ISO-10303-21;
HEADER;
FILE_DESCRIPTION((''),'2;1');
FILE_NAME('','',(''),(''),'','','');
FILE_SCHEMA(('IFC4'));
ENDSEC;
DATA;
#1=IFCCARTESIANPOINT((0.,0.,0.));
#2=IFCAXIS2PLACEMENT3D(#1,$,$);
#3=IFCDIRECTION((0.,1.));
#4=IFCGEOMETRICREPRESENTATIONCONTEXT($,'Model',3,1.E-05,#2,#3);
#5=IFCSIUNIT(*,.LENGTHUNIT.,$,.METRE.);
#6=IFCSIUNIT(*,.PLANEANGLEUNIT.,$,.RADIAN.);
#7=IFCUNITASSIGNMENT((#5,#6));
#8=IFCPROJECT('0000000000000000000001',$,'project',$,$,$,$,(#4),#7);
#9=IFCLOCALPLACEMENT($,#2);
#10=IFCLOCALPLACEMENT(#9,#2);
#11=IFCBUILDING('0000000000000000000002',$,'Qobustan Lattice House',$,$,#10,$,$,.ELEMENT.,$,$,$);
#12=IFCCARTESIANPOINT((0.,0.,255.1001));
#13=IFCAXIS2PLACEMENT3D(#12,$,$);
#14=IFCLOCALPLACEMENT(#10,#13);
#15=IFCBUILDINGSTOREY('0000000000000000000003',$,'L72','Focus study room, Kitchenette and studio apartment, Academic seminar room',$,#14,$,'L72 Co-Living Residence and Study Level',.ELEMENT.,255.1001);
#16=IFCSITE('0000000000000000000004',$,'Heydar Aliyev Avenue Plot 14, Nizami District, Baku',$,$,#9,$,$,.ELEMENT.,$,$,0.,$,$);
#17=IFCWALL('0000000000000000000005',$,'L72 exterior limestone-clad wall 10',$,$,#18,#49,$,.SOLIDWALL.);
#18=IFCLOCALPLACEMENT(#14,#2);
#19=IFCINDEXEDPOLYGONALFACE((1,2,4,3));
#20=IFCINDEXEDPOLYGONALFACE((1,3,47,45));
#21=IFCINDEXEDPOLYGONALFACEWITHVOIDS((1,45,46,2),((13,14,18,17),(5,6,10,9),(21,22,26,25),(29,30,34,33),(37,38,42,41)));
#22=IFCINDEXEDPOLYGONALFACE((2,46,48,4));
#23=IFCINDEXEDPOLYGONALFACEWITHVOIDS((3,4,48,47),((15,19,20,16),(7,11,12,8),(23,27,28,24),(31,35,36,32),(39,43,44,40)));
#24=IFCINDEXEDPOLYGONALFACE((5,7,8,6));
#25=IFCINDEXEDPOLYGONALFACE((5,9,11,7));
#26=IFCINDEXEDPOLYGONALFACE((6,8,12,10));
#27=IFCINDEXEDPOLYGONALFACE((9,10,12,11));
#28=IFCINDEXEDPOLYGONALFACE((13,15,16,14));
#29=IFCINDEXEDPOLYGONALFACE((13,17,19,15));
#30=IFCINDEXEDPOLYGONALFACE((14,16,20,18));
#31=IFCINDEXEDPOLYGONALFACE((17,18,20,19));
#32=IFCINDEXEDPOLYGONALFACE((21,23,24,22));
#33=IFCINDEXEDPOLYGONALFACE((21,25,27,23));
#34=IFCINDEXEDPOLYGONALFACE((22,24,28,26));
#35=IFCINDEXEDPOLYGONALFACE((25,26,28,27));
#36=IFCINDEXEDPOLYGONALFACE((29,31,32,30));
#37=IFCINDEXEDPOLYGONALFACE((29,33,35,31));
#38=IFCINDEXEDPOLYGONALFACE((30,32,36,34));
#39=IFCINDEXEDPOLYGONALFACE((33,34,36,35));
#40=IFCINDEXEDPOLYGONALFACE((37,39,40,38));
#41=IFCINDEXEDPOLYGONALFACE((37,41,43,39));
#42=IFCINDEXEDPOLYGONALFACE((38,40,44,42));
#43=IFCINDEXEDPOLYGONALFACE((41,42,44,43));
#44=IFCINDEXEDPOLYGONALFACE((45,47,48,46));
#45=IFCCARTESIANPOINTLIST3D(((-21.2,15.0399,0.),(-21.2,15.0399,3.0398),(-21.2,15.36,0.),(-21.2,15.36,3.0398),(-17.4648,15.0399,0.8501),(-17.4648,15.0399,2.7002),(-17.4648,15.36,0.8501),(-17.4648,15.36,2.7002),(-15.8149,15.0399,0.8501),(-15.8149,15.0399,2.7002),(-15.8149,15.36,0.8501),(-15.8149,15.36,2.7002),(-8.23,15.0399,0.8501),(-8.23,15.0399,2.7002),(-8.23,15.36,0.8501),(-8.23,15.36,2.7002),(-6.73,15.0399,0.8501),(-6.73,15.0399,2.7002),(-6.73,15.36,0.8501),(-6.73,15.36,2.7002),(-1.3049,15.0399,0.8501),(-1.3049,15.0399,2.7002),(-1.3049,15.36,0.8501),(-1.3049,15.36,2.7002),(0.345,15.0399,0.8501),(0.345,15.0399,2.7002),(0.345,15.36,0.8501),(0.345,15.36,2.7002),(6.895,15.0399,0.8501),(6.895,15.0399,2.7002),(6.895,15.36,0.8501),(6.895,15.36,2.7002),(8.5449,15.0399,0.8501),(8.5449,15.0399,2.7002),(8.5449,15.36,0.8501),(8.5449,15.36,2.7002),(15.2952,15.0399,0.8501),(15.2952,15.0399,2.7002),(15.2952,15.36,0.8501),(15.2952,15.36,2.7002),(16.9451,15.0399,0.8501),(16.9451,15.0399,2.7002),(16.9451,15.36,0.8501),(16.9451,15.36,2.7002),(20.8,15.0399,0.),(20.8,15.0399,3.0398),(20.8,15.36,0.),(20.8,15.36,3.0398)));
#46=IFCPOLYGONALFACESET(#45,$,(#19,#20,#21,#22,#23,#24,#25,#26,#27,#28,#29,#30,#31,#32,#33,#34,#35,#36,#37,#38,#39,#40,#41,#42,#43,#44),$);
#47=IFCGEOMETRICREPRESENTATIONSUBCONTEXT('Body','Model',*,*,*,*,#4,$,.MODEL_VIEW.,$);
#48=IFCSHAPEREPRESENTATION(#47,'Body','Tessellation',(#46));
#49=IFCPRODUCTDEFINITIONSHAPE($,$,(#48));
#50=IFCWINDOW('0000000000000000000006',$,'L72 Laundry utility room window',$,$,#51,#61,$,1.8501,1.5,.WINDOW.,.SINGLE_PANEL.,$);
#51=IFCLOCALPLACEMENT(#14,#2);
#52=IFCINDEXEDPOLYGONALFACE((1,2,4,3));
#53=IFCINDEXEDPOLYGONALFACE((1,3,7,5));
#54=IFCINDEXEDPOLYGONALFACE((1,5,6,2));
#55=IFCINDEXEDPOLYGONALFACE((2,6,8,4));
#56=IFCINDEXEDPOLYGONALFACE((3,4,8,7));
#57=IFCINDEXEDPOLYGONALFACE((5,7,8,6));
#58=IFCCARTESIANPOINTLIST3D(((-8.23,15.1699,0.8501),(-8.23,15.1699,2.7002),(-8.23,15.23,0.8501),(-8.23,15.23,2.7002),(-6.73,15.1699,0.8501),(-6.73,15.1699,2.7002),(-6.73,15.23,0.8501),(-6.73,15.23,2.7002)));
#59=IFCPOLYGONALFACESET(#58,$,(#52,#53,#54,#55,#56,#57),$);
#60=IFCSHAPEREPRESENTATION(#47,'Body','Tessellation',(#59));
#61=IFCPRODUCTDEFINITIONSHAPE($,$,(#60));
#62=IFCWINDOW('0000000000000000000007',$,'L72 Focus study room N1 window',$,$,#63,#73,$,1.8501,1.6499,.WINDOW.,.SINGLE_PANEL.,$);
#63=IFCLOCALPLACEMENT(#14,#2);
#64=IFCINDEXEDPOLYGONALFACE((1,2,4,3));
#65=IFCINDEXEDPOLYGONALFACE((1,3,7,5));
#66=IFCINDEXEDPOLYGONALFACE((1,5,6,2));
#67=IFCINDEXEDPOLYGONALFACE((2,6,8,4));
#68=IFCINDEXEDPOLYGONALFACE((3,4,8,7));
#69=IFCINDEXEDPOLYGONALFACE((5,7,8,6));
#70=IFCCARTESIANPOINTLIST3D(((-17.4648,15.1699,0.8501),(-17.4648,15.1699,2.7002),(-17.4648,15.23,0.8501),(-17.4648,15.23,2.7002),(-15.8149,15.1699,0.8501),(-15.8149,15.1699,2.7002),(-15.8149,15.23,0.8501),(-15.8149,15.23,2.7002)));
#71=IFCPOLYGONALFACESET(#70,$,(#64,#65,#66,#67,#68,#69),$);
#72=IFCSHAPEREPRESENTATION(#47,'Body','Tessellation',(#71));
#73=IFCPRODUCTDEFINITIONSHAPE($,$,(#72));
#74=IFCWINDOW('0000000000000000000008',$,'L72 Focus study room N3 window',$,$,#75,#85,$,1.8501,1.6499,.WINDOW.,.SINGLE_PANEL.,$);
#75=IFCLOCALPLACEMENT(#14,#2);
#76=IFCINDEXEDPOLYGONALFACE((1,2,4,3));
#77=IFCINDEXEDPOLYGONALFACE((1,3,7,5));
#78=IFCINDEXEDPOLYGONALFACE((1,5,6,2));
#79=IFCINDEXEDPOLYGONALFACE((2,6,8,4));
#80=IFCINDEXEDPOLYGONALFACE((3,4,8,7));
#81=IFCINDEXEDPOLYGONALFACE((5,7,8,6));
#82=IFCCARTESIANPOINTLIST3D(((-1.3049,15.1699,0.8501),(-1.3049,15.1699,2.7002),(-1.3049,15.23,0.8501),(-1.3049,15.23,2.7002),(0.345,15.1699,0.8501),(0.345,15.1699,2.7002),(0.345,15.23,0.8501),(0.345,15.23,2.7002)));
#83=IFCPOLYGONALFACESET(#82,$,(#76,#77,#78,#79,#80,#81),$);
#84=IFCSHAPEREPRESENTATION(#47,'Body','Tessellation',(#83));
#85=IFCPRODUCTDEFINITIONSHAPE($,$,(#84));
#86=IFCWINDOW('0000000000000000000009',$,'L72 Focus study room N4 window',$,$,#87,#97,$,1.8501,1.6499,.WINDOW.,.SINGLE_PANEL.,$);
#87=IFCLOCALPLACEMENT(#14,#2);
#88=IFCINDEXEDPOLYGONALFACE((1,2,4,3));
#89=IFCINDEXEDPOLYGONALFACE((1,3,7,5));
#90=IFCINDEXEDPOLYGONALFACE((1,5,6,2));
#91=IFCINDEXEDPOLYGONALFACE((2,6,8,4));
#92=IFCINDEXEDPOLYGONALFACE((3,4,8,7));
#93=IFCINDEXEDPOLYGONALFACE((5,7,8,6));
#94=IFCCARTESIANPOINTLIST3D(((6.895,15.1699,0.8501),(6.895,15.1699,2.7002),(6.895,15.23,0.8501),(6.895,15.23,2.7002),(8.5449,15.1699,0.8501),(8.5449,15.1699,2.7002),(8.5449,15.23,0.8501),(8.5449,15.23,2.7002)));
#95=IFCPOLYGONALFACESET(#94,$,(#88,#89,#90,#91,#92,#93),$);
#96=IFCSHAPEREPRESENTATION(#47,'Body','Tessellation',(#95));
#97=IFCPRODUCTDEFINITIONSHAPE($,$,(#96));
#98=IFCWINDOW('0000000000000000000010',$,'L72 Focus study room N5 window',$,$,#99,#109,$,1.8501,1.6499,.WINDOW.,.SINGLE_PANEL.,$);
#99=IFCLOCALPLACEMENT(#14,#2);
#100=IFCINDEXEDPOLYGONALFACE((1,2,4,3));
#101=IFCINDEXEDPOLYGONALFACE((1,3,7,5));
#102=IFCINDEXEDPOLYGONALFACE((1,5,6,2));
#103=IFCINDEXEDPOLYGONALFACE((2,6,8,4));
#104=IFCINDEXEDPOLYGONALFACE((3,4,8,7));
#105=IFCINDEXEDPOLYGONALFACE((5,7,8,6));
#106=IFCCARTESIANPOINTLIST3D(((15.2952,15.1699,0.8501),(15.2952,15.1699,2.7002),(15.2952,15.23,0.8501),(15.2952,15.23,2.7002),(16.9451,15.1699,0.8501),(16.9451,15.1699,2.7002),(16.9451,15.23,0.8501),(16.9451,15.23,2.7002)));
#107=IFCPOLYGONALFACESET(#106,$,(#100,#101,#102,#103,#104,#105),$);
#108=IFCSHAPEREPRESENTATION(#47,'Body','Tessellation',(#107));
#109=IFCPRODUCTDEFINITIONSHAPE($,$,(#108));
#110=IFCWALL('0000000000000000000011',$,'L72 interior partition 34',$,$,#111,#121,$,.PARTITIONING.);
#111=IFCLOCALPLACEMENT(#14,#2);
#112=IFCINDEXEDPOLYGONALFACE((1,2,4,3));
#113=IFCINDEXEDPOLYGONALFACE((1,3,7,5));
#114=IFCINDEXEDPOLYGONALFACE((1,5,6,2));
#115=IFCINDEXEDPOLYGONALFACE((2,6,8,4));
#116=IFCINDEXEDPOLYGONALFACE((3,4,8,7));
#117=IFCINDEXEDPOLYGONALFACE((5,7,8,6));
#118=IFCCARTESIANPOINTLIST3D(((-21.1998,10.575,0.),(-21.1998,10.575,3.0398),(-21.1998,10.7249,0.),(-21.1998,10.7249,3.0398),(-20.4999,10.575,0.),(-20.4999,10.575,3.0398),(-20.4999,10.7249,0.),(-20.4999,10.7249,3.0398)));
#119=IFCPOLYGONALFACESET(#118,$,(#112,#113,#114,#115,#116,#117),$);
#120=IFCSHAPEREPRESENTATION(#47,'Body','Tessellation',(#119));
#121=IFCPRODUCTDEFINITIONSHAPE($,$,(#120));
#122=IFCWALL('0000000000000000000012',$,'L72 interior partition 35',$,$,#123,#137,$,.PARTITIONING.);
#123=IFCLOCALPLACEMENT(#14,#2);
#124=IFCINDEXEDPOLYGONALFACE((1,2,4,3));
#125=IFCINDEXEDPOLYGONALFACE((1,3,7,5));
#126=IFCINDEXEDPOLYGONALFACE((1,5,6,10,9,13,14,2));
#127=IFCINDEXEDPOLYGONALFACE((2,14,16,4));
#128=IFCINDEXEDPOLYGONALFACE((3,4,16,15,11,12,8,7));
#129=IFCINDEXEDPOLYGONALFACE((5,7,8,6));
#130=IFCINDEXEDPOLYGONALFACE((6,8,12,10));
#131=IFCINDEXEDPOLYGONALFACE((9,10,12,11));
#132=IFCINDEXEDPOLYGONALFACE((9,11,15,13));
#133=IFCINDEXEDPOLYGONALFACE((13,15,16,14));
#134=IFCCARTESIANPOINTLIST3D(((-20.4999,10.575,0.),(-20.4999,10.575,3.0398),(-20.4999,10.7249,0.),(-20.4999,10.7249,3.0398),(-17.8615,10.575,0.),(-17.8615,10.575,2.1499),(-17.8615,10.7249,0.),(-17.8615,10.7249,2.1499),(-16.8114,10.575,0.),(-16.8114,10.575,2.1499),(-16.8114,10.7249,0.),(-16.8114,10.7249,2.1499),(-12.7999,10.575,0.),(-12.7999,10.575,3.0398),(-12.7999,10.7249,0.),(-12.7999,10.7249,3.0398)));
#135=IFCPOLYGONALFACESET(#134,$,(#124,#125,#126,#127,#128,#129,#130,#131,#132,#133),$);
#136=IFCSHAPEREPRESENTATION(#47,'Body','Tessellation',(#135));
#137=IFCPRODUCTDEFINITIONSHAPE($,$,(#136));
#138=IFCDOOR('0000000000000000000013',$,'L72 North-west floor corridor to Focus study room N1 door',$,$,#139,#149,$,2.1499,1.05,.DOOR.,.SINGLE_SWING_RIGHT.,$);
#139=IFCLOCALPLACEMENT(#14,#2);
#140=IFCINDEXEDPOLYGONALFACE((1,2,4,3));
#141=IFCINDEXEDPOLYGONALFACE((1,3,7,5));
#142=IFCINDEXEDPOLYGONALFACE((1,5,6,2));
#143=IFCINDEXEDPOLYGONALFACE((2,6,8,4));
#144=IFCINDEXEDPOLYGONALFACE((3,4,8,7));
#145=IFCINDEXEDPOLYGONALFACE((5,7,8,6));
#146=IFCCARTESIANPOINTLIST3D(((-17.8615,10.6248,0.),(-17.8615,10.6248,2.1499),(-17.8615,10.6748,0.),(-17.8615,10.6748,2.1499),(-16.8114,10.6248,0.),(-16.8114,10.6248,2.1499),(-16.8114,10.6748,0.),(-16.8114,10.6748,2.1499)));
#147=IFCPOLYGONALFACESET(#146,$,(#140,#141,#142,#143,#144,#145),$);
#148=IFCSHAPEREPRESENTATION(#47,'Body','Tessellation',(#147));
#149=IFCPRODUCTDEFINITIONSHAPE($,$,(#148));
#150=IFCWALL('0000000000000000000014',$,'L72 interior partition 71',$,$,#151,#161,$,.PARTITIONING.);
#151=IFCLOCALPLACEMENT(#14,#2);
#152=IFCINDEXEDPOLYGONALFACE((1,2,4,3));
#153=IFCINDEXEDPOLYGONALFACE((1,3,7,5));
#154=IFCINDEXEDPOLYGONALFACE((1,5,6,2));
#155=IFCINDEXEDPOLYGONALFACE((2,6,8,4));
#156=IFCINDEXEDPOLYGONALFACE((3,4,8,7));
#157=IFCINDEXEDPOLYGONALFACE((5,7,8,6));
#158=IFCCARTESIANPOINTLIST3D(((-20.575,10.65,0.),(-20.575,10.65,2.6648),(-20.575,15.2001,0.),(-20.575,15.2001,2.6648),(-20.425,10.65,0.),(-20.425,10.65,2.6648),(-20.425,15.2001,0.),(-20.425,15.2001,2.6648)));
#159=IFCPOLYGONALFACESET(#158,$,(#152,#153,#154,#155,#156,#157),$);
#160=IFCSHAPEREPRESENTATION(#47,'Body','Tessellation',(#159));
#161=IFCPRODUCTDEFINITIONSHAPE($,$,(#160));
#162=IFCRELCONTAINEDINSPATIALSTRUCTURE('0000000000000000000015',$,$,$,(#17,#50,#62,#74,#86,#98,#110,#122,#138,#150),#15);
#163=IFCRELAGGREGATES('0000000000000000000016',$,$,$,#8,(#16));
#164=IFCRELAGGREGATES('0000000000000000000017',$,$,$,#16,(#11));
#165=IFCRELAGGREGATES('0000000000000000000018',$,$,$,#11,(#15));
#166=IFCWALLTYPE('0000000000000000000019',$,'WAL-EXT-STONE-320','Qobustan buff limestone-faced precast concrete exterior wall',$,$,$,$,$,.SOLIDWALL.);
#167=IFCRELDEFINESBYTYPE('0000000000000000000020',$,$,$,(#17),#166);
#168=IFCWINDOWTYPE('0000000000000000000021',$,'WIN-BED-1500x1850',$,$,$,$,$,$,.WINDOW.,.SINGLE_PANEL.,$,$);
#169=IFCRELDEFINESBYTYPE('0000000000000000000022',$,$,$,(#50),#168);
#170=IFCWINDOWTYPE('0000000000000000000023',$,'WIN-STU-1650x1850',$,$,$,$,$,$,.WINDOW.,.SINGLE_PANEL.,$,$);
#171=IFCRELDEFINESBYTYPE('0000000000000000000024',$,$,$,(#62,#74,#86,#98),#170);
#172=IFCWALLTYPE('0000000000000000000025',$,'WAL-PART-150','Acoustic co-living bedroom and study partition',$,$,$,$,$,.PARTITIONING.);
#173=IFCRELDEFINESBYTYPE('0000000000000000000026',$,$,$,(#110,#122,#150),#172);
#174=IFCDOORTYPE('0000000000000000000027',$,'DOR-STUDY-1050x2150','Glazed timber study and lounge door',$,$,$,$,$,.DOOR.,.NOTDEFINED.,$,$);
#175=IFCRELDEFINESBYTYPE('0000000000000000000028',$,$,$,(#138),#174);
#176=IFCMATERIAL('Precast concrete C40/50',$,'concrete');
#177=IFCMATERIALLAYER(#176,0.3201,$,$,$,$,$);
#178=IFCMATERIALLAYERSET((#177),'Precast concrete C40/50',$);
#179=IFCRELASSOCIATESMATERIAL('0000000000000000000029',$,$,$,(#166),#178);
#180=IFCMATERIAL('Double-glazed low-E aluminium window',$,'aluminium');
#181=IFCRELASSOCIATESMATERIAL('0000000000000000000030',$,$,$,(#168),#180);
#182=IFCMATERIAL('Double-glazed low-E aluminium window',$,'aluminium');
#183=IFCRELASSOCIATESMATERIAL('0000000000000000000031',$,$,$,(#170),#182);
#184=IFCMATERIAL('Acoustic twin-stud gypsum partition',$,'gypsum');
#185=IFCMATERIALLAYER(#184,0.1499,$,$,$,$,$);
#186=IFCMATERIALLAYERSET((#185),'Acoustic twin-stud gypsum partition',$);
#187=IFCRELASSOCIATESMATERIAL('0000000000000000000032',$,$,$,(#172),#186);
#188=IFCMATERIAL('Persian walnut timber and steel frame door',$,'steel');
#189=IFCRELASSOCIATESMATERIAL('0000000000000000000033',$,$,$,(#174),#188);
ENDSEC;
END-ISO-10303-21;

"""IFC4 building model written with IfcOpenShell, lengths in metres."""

from ifc_helpers import new_model, si_unit, direction, frame, frame_2d, origin, place, context, subcontext, project, spatial, rectangle, extrude, material, layer, layer_set, type_object, element, fill, save


model = new_model("IFC4")

# Units and contexts
model_context = context("Model", 3, precision=1e-05, world=origin(), true_north=direction((0.0, 1.0)))
body_context = subcontext(model_context, "Body", "Model", "MODEL_VIEW")
ifc_project = project(units=[si_unit("LENGTHUNIT", "METRE"), si_unit("PLANEANGLEUNIT", "RADIAN")], contexts=[model_context])

# Site, building, storey
site_placement = place(None, origin())
site = spatial("IfcSite", under=ifc_project, at=site_placement, Name="Heydar Aliyev Avenue Plot 14, Nizami District, Baku", CompositionType="ELEMENT", RefElevation=0.0)
building_placement = place(site_placement, origin())
building = spatial("IfcBuilding", under=site, at=building_placement, Name="Qobustan Lattice House", CompositionType="ELEMENT")
storey_placement = place(building_placement, frame((0.0, 0.0, 255.1001)))
storey = spatial("IfcBuildingStorey", under=building, at=storey_placement, Name="L72", Description="Focus study room, Kitchenette and studio apartment, Academic seminar room", LongName="L72 Co-Living Residence and Study Level", CompositionType="ELEMENT", Elevation=255.1001)

# Shared definitions
ifc_material_1 = material(Name="Precast concrete C40/50", Category="concrete")
ifc_layer_1 = layer(ifc_material_1, 0.3201)
ifc_layer_set_1 = layer_set([ifc_layer_1], Name="Precast concrete C40/50")
wall_type_1 = type_object("IfcWallType", Name="WAL-EXT-STONE-320", Description="Qobustan buff limestone-faced precast concrete exterior wall", PredefinedType="SOLIDWALL", material=ifc_layer_set_1)

# Wall, openings, windows
wall_1_placement = place(storey_placement, frame((-21.2, 15.2, 0.0), z_axis=(0.0, 0.0, 1.0), x_axis=(1.0, 0.0, 0.0)))
wall_1 = element("IfcWall", 1, at=wall_1_placement, inside=storey, type_object=wall_type_1, Name="L72 exterior limestone-clad wall 10", PredefinedType="SOLIDWALL", context=body_context, shape_type="SweptSolid", body=[
    extrude(rectangle(XDim=42.0, YDim=0.3201, at=frame_2d((21.0, 0.0))), origin(), (0.0, 0.0, 1.0), 3.0398),
])
opening_1_placement = place(wall_1_placement, frame((3.7351, 0.0, 0.8501)))
opening_1 = element("IfcOpeningElement", 2, at=opening_1_placement, cuts=wall_1, PredefinedType="OPENING", context=body_context, shape_type="SweptSolid", body=[
    extrude(rectangle(XDim=1.6499, YDim=1.8501, at=frame_2d((0.825, 0.925))), frame((0.0, 0.1699, 0.0), z_axis=(0.0, -1.0, 0.0), x_axis=(1.0, 0.0, 0.0)), (0.0, 0.0, 1.0), 0.3401),
])
opening_2_placement = place(wall_1_placement, frame((12.97, 0.0, 0.8501)))
opening_2 = element("IfcOpeningElement", 3, at=opening_2_placement, cuts=wall_1, PredefinedType="OPENING", context=body_context, shape_type="SweptSolid", body=[
    extrude(rectangle(XDim=1.5, YDim=1.8501, at=frame_2d((0.75, 0.925))), frame((0.0, 0.1699, 0.0), z_axis=(0.0, -1.0, 0.0), x_axis=(1.0, 0.0, 0.0)), (0.0, 0.0, 1.0), 0.3401),
])
opening_3_placement = place(wall_1_placement, frame((19.895, 0.0, 0.8501)))
opening_3 = element("IfcOpeningElement", 4, at=opening_3_placement, cuts=wall_1, PredefinedType="OPENING", context=body_context, shape_type="SweptSolid", body=[
    extrude(rectangle(XDim=1.6499, YDim=1.8501, at=frame_2d((0.825, 0.925))), frame((0.0, 0.1699, 0.0), z_axis=(0.0, -1.0, 0.0), x_axis=(1.0, 0.0, 0.0)), (0.0, 0.0, 1.0), 0.3401),
])
opening_4_placement = place(wall_1_placement, frame((28.095, 0.0, 0.8501)))
opening_4 = element("IfcOpeningElement", 5, at=opening_4_placement, cuts=wall_1, PredefinedType="OPENING", context=body_context, shape_type="SweptSolid", body=[
    extrude(rectangle(XDim=1.6499, YDim=1.8501, at=frame_2d((0.825, 0.925))), frame((0.0, 0.1699, 0.0), z_axis=(0.0, -1.0, 0.0), x_axis=(1.0, 0.0, 0.0)), (0.0, 0.0, 1.0), 0.3401),
])
opening_5_placement = place(wall_1_placement, frame((36.4951, 0.0, 0.8501)))
opening_5 = element("IfcOpeningElement", 6, at=opening_5_placement, cuts=wall_1, PredefinedType="OPENING", context=body_context, shape_type="SweptSolid", body=[
    extrude(rectangle(XDim=1.6499, YDim=1.8501, at=frame_2d((0.825, 0.925))), frame((0.0, 0.1699, 0.0), z_axis=(0.0, -1.0, 0.0), x_axis=(1.0, 0.0, 0.0)), (0.0, 0.0, 1.0), 0.3401),
])
ifc_material_2 = material(Name="Double-glazed low-E aluminium window", Category="aluminium")
window_type_1 = type_object("IfcWindowType", Name="WIN-BED-1500x1850", PartitioningType="SINGLE_PANEL", PredefinedType="WINDOW", material=ifc_material_2)
window_1_placement = place(opening_2_placement, origin())
window_1 = element("IfcWindow", 7, at=window_1_placement, inside=storey, type_object=window_type_1, Name="L72 Laundry utility room window", OverallHeight=1.8501, OverallWidth=1.5, PartitioningType="SINGLE_PANEL", PredefinedType="WINDOW", context=body_context, shape_type="SweptSolid", body=[
    extrude(rectangle(XDim=1.5, YDim=1.8501, at=frame_2d((0.75, 0.925))), frame((0.0, 0.03, 0.0), z_axis=(0.0, -1.0, 0.0), x_axis=(1.0, 0.0, 0.0)), (0.0, 0.0, 1.0), 0.0601),
])
fill(opening_2, window_1)
ifc_material_3 = material(Name="Double-glazed low-E aluminium window", Category="aluminium")
window_type_2 = type_object("IfcWindowType", Name="WIN-STU-1650x1850", PartitioningType="SINGLE_PANEL", PredefinedType="WINDOW", material=ifc_material_3)
window_2_placement = place(opening_1_placement, origin())
window_2 = element("IfcWindow", 8, at=window_2_placement, inside=storey, type_object=window_type_2, Name="L72 Focus study room N1 window", OverallHeight=1.8501, OverallWidth=1.6499, PartitioningType="SINGLE_PANEL", PredefinedType="WINDOW", context=body_context, shape_type="SweptSolid", body=[
    extrude(rectangle(XDim=1.6499, YDim=1.8501, at=frame_2d((0.825, 0.925))), frame((0.0, 0.03, 0.0), z_axis=(0.0, -1.0, 0.0), x_axis=(1.0, 0.0, 0.0)), (0.0, 0.0, 1.0), 0.0601),
])
fill(opening_1, window_2)
window_3_placement = place(opening_3_placement, origin())
window_3 = element("IfcWindow", 9, at=window_3_placement, inside=storey, type_object=window_type_2, Name="L72 Focus study room N3 window", OverallHeight=1.8501, OverallWidth=1.6499, PartitioningType="SINGLE_PANEL", PredefinedType="WINDOW", context=body_context, shape_type="SweptSolid", body=[
    extrude(rectangle(XDim=1.6499, YDim=1.8501, at=frame_2d((0.825, 0.925))), frame((0.0, 0.03, 0.0), z_axis=(0.0, -1.0, 0.0), x_axis=(1.0, 0.0, 0.0)), (0.0, 0.0, 1.0), 0.0601),
])
fill(opening_3, window_3)
window_4_placement = place(opening_4_placement, origin())
window_4 = element("IfcWindow", 10, at=window_4_placement, inside=storey, type_object=window_type_2, Name="L72 Focus study room N4 window", OverallHeight=1.8501, OverallWidth=1.6499, PartitioningType="SINGLE_PANEL", PredefinedType="WINDOW", context=body_context, shape_type="SweptSolid", body=[
    extrude(rectangle(XDim=1.6499, YDim=1.8501, at=frame_2d((0.825, 0.925))), frame((0.0, 0.03, 0.0), z_axis=(0.0, -1.0, 0.0), x_axis=(1.0, 0.0, 0.0)), (0.0, 0.0, 1.0), 0.0601),
])
fill(opening_4, window_4)
window_5_placement = place(opening_5_placement, origin())
window_5 = element("IfcWindow", 11, at=window_5_placement, inside=storey, type_object=window_type_2, Name="L72 Focus study room N5 window", OverallHeight=1.8501, OverallWidth=1.6499, PartitioningType="SINGLE_PANEL", PredefinedType="WINDOW", context=body_context, shape_type="SweptSolid", body=[
    extrude(rectangle(XDim=1.6499, YDim=1.8501, at=frame_2d((0.825, 0.925))), frame((0.0, 0.03, 0.0), z_axis=(0.0, -1.0, 0.0), x_axis=(1.0, 0.0, 0.0)), (0.0, 0.0, 1.0), 0.0601),
])
fill(opening_5, window_5)

# Wall
ifc_material_4 = material(Name="Acoustic twin-stud gypsum partition", Category="gypsum")
ifc_layer_2 = layer(ifc_material_4, 0.1499)
ifc_layer_set_2 = layer_set([ifc_layer_2], Name="Acoustic twin-stud gypsum partition")
wall_type_2 = type_object("IfcWallType", Name="WAL-PART-150", Description="Acoustic co-living bedroom and study partition", PredefinedType="PARTITIONING", material=ifc_layer_set_2)
wall_2_placement = place(storey_placement, frame((-21.2, 10.6499, 0.0), z_axis=(0.0, 0.0, 1.0), x_axis=(1.0, 0.0, 0.0)))
element("IfcWall", 12, at=wall_2_placement, inside=storey, type_object=wall_type_2, Name="L72 interior partition 34", PredefinedType="PARTITIONING", context=body_context, shape_type="SweptSolid", body=[
    extrude(rectangle(XDim=0.7, YDim=0.1499, at=frame_2d((0.3501, 0.0))), origin(), (0.0, 0.0, 1.0), 3.0398),
])

# Wall, opening, door
wall_3_placement = place(storey_placement, frame((-20.5, 10.6499, 0.0), z_axis=(0.0, 0.0, 1.0), x_axis=(1.0, 0.0, 0.0)))
wall_3 = element("IfcWall", 13, at=wall_3_placement, inside=storey, type_object=wall_type_2, Name="L72 interior partition 35", PredefinedType="PARTITIONING", context=body_context, shape_type="SweptSolid", body=[
    extrude(rectangle(XDim=7.7, YDim=0.1499, at=frame_2d((3.8501, 0.0))), origin(), (0.0, 0.0, 1.0), 3.0398),
])
opening_6_placement = place(wall_3_placement, frame((2.6387, 0.0, 0.0)))
opening_6 = element("IfcOpeningElement", 14, at=opening_6_placement, cuts=wall_3, PredefinedType="OPENING", context=body_context, shape_type="SweptSolid", body=[
    extrude(rectangle(XDim=1.05, YDim=2.1499, at=frame_2d((0.5249, 1.075))), frame((0.0, 0.085, 0.0), z_axis=(0.0, -1.0, 0.0), x_axis=(1.0, 0.0, 0.0)), (0.0, 0.0, 1.0), 0.1699),
])
ifc_material_5 = material(Name="Persian walnut timber and steel frame door", Category="steel")
door_type = type_object("IfcDoorType", Name="DOR-STUDY-1050x2150", Description="Glazed timber study and lounge door", OperationType="NOTDEFINED", PredefinedType="DOOR", material=ifc_material_5)
door_placement = place(opening_6_placement, origin())
door = element("IfcDoor", 15, at=door_placement, inside=storey, type_object=door_type, Name="L72 North-west floor corridor to Focus study room N1 door", OperationType="SINGLE_SWING_RIGHT", OverallHeight=2.1499, OverallWidth=1.05, PredefinedType="DOOR", context=body_context, shape_type="SweptSolid", body=[
    extrude(rectangle(XDim=1.05, YDim=2.1499, at=frame_2d((0.5249, 1.075))), frame((0.0, 0.0249, 0.0), z_axis=(0.0, -1.0, 0.0), x_axis=(1.0, 0.0, 0.0)), (0.0, 0.0, 1.0), 0.05),
])
fill(opening_6, door)

# Wall
wall_4_placement = place(storey_placement, frame((-20.5, 15.2, 0.0), z_axis=(0.0, 0.0, 1.0), x_axis=(0.0, -1.0, 0.0)))
element("IfcWall", 16, at=wall_4_placement, inside=storey, type_object=wall_type_2, Name="L72 interior partition 71", PredefinedType="PARTITIONING", context=body_context, shape_type="SweptSolid", body=[
    extrude(rectangle(XDim=4.55, YDim=0.1499, at=frame_2d((2.2749, 0.0))), origin(), (0.0, 0.0, 1.0), 2.6648),
])

save(model, "model.ifc")
